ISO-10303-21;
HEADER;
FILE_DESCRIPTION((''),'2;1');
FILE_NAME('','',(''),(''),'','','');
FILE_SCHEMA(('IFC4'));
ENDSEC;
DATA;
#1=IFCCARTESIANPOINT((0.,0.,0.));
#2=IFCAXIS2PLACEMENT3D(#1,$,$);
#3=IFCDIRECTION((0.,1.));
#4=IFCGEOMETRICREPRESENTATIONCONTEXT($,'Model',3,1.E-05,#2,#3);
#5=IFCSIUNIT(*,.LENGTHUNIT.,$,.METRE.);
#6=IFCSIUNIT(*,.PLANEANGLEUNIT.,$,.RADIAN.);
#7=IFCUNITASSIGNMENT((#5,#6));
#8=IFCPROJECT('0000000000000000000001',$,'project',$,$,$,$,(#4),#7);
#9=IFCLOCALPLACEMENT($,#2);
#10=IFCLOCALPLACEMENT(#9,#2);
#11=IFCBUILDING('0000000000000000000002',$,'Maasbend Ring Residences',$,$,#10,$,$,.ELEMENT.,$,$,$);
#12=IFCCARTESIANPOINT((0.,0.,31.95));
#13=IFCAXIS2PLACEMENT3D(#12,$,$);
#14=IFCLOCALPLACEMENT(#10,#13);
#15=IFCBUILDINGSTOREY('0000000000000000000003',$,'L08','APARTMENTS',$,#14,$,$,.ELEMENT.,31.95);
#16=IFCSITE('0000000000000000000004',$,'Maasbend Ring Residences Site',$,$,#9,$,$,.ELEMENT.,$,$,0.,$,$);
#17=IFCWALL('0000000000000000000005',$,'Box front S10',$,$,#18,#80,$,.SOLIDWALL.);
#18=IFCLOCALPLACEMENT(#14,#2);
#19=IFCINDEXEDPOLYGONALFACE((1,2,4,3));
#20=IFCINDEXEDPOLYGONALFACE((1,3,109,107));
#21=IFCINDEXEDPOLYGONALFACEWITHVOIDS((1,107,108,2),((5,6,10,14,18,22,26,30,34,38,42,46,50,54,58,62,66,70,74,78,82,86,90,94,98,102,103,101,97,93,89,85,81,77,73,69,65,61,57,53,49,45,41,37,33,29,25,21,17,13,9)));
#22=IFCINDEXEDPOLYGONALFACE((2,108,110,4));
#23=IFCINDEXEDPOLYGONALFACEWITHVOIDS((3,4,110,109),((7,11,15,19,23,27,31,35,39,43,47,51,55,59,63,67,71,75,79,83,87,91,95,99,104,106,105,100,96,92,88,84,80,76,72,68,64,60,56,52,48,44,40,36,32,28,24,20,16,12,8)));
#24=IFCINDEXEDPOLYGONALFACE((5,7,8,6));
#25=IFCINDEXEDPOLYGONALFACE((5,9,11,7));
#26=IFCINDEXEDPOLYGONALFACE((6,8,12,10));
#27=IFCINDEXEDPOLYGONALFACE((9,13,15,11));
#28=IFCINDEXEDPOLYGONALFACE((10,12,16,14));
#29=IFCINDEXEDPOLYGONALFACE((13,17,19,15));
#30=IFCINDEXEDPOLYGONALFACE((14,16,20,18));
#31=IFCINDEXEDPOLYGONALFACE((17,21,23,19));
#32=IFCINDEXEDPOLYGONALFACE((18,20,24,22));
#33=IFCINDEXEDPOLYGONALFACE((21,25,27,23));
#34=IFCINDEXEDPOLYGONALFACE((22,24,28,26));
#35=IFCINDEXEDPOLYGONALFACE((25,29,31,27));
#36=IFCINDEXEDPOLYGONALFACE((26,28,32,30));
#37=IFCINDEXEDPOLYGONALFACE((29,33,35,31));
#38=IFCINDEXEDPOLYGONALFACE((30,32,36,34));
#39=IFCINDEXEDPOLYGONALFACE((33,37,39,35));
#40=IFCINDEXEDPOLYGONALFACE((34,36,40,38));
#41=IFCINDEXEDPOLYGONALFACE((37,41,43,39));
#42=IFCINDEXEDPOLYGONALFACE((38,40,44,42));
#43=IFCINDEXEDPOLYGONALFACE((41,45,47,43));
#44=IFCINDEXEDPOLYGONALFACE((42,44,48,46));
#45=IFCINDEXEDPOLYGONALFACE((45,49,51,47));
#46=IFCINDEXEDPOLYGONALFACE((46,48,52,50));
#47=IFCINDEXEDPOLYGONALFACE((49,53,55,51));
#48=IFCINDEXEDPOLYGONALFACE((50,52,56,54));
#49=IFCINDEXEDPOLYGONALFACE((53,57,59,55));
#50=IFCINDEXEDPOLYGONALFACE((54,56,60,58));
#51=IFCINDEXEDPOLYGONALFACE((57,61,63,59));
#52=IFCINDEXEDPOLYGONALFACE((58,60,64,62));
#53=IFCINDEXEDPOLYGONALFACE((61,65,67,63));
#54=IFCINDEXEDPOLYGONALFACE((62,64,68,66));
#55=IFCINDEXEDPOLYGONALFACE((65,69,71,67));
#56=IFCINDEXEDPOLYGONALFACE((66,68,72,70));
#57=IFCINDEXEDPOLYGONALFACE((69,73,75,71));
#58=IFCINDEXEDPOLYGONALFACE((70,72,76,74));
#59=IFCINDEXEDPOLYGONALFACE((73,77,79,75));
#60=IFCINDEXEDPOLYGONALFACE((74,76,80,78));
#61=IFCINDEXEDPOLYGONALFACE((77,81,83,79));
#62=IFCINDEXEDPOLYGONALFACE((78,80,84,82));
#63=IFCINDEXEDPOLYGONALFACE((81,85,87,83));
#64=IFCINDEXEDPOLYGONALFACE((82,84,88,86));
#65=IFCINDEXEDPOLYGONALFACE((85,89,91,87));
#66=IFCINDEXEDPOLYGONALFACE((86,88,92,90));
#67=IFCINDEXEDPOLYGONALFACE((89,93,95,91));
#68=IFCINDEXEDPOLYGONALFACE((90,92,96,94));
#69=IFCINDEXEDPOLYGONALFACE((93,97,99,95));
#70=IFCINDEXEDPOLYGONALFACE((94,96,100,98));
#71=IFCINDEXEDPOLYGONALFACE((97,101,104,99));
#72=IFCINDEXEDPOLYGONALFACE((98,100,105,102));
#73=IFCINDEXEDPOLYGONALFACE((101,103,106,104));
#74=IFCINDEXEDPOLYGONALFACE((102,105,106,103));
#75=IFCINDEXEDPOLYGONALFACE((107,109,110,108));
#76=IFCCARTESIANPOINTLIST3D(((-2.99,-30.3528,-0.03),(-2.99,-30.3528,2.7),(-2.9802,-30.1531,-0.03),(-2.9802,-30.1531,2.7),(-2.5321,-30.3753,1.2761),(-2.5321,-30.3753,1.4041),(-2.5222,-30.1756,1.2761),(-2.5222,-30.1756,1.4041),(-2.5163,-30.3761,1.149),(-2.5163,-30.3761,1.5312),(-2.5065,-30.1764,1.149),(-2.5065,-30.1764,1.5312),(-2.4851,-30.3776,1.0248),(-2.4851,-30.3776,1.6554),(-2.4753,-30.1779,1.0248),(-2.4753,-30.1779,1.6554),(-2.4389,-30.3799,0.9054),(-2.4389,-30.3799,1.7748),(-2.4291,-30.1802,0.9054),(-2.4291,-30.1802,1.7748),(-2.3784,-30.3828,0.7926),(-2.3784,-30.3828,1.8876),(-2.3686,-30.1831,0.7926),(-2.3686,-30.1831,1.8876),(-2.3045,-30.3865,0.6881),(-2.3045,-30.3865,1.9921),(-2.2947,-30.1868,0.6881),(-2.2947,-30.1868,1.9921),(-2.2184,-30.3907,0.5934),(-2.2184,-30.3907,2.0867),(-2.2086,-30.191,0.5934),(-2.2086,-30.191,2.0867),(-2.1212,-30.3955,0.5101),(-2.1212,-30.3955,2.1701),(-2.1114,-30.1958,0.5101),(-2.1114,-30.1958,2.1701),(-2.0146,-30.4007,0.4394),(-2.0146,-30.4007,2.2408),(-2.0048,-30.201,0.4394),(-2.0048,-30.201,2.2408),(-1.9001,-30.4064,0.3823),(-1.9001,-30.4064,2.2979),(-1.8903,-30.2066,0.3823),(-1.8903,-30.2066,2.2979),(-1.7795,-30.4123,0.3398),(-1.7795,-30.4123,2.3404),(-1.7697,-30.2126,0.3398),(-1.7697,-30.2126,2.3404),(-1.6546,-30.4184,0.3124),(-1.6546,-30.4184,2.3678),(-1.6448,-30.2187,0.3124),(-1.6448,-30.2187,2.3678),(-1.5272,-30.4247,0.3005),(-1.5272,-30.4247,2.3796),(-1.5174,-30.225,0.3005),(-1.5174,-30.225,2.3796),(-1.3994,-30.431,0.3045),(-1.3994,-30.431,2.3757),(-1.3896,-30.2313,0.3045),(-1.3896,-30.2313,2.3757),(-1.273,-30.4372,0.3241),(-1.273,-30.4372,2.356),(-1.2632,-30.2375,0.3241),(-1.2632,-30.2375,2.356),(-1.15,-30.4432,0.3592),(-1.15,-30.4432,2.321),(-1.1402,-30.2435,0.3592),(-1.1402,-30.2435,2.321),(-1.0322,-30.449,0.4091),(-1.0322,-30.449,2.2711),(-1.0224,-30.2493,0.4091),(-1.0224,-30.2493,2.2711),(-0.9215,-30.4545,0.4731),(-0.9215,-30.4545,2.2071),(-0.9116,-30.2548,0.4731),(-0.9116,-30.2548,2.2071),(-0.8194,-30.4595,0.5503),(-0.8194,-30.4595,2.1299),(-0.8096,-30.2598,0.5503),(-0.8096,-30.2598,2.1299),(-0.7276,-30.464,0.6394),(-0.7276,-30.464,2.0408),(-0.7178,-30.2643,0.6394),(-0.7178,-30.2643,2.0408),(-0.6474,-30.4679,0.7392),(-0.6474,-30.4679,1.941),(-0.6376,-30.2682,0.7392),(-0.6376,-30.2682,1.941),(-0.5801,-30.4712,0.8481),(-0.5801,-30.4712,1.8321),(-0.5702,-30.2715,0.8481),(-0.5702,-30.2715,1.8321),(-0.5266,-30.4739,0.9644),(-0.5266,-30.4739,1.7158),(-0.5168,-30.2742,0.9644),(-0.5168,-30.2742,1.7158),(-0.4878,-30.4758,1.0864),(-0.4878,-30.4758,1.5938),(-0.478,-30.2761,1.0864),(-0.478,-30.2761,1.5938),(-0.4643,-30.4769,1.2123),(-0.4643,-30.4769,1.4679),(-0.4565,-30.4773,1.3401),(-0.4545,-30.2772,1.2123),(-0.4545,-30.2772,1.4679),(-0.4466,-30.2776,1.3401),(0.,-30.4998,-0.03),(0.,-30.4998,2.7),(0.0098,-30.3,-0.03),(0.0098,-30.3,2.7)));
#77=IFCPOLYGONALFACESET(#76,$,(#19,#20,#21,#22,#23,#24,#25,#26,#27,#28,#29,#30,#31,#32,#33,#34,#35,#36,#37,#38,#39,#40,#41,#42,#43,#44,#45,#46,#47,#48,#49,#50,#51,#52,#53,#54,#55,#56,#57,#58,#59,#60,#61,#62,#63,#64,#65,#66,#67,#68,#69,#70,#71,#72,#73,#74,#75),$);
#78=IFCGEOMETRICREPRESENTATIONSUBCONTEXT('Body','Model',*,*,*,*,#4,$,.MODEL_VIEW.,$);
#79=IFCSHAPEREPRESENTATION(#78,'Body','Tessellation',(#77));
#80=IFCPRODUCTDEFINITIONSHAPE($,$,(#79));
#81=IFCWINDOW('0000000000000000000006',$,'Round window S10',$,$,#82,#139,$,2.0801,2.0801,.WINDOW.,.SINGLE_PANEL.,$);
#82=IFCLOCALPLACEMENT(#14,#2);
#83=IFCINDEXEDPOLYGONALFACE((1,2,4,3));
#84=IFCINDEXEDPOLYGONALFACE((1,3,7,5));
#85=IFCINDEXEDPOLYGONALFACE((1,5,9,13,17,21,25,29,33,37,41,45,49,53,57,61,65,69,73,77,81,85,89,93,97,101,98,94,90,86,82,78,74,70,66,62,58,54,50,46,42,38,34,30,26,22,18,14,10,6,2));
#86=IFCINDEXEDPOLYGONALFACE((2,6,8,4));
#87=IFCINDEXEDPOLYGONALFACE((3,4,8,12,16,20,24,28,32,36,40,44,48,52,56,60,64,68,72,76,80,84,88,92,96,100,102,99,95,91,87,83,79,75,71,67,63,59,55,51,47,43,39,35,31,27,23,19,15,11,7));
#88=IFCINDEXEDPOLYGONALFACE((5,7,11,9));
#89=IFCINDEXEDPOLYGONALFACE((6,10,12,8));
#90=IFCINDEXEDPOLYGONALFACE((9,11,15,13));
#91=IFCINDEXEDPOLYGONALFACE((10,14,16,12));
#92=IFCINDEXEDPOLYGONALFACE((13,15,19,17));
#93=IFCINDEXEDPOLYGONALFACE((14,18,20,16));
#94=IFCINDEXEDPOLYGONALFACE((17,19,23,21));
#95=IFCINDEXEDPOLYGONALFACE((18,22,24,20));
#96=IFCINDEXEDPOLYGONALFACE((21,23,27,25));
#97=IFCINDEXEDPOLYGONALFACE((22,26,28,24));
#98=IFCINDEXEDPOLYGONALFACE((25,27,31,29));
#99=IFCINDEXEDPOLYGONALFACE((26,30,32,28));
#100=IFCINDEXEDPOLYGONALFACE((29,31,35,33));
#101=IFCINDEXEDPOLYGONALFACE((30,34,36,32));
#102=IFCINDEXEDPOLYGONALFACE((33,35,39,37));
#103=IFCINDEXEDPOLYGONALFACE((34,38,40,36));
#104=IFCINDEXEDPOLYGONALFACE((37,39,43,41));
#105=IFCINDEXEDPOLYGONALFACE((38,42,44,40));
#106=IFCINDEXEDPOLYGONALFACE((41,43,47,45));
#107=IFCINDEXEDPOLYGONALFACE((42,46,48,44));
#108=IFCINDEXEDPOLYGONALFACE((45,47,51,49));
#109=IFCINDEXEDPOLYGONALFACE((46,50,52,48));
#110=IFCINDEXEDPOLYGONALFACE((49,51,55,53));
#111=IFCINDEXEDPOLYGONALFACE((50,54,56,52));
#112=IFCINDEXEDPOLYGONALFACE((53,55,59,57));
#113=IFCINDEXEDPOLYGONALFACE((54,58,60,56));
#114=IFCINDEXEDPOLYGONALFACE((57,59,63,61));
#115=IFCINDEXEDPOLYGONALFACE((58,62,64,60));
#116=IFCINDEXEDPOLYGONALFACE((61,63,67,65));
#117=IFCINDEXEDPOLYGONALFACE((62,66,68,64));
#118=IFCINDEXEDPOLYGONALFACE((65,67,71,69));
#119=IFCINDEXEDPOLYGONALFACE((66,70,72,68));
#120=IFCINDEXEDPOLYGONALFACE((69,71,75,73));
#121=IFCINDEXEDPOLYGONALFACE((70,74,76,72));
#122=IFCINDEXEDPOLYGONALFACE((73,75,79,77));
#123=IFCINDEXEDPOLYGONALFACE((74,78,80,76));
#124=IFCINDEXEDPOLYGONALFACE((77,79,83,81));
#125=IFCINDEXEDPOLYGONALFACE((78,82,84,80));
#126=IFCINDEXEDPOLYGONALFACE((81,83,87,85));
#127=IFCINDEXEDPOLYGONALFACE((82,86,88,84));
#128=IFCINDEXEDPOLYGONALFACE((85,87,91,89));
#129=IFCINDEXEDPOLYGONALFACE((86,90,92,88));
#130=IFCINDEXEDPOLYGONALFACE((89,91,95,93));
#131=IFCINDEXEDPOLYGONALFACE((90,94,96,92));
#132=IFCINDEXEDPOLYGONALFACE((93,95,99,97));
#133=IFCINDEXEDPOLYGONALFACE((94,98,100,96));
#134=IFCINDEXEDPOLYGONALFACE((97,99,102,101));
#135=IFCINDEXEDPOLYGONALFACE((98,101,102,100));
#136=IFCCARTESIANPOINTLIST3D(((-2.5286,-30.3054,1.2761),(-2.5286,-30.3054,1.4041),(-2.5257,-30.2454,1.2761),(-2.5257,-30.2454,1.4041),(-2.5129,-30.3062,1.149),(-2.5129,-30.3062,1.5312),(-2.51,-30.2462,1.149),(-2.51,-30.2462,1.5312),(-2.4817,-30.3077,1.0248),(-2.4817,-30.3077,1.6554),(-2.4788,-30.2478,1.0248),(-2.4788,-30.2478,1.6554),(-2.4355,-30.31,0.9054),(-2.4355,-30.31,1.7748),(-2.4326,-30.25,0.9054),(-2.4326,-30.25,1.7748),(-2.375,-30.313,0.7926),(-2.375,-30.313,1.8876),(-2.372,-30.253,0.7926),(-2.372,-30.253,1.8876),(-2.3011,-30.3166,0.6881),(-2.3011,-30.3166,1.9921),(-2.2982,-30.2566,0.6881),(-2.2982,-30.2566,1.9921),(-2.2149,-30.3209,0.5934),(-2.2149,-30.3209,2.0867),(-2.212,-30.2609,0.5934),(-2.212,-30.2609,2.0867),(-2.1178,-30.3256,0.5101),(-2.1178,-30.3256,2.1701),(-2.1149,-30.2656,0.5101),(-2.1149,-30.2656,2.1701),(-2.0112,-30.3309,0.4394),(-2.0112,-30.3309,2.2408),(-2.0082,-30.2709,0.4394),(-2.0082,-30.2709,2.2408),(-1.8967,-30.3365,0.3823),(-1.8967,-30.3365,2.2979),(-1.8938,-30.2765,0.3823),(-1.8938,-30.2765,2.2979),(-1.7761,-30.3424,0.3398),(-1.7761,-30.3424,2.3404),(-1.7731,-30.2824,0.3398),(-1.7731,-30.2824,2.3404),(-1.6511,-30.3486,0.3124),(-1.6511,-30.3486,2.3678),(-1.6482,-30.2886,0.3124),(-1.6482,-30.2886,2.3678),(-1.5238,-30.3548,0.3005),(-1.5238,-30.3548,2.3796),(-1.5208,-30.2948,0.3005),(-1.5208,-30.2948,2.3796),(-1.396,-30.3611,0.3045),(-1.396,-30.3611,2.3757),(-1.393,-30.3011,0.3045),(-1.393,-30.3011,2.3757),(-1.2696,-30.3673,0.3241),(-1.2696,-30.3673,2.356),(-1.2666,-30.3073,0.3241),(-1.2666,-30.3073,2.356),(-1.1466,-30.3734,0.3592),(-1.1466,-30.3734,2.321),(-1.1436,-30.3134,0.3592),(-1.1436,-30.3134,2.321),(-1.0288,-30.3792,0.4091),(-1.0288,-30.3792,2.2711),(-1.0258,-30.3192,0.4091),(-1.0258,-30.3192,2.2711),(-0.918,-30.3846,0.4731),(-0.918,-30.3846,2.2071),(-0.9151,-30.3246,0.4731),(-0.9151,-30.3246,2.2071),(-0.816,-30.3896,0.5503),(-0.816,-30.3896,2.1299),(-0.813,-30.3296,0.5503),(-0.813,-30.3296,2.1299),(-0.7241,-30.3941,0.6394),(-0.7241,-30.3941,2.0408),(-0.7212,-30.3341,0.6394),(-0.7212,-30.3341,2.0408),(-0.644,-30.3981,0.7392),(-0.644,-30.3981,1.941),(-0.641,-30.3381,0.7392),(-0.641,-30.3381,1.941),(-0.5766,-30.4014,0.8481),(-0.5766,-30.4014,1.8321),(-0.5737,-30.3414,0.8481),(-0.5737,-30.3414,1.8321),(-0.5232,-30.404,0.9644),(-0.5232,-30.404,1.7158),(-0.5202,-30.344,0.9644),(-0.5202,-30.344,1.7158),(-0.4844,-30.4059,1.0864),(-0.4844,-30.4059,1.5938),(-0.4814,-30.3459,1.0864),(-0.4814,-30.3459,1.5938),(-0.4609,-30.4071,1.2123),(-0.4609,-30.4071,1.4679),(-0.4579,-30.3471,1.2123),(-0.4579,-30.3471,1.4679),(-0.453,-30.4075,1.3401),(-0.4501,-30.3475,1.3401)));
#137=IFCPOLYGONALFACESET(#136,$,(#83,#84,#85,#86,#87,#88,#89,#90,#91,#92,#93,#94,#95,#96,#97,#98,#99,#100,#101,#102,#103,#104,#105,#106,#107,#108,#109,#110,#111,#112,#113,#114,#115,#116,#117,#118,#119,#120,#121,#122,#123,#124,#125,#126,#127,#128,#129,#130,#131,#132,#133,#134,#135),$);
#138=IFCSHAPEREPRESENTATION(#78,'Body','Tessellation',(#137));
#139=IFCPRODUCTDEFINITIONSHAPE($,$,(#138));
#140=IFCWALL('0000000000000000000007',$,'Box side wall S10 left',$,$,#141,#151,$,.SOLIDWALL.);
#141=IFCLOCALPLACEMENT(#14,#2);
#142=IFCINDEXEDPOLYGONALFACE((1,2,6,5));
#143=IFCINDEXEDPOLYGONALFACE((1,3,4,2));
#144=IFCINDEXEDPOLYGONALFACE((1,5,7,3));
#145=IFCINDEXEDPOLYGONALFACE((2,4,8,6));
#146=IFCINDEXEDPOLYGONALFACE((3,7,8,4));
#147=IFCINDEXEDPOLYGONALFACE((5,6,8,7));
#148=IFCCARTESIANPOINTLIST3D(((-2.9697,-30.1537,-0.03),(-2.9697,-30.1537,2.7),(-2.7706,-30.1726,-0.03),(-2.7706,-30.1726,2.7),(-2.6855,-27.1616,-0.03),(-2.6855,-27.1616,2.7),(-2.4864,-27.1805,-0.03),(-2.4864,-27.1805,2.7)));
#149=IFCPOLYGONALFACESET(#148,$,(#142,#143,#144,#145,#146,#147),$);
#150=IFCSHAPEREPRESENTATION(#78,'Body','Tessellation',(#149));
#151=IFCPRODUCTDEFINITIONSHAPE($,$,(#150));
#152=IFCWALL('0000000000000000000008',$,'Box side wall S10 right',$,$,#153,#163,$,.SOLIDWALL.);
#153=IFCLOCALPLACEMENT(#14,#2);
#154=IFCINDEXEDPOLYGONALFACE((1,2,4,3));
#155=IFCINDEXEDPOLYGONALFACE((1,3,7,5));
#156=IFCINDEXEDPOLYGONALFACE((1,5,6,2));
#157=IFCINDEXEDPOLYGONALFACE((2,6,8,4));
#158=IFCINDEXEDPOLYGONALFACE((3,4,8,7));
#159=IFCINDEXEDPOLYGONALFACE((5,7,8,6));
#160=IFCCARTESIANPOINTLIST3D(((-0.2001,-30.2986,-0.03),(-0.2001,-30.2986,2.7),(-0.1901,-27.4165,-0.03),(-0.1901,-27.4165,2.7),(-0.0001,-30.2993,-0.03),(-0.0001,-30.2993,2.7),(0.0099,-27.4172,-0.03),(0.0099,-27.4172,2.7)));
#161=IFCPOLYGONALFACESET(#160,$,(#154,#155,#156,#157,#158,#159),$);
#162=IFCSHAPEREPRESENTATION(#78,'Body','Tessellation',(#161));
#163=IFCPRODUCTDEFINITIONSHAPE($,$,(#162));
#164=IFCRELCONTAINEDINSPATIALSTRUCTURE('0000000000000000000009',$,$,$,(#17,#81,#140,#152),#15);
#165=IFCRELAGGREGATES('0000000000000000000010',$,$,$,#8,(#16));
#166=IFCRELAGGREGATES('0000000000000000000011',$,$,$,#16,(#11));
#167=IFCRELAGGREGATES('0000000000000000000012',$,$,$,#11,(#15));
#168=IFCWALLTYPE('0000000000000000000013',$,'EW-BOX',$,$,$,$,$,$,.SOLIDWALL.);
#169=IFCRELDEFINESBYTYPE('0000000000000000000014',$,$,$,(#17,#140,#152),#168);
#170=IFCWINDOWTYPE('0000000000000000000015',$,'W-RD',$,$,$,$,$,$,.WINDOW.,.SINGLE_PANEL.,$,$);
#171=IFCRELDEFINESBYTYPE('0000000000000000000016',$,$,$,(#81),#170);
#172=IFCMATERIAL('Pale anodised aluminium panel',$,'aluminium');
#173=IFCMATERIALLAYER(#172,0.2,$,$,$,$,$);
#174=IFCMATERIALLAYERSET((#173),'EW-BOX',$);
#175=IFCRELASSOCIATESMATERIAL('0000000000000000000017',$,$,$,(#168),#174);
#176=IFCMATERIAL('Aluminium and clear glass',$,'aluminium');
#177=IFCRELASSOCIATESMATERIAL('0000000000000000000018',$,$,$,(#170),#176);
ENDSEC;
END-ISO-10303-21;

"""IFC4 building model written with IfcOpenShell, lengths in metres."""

from ifc_helpers import new_model, si_unit, direction, frame, frame_2d, origin, place, context, subcontext, project, spatial, rectangle, circle, extrude, material, layer, layer_set, type_object, element, fill, save


model = new_model("IFC4")

# Units and contexts
model_context = context("Model", 3, precision=1e-05, world=origin(), true_north=direction((0.0, 1.0)))
body_context = subcontext(model_context, "Body", "Model", "MODEL_VIEW")
ifc_project = project(units=[si_unit("LENGTHUNIT", "METRE"), si_unit("PLANEANGLEUNIT", "RADIAN")], contexts=[model_context])

# Site, building, storey
site_placement = place(None, origin())
site = spatial("IfcSite", under=ifc_project, at=site_placement, Name="Maasbend Ring Residences Site", CompositionType="ELEMENT", RefElevation=0.0)
building_placement = place(site_placement, origin())
building = spatial("IfcBuilding", under=site, at=building_placement, Name="Maasbend Ring Residences", CompositionType="ELEMENT")
storey_placement = place(building_placement, frame((0.0, 0.0, 31.95)))
storey = spatial("IfcBuildingStorey", under=building, at=storey_placement, Name="L08", Description="APARTMENTS", CompositionType="ELEMENT", Elevation=31.95)

# Shared definitions
ifc_material_1 = material(Name="Pale anodised aluminium panel", Category="aluminium")
ifc_layer_1 = layer(ifc_material_1, 0.2)
ifc_layer_set_1 = layer_set([ifc_layer_1], Name="EW-BOX")
wall_type_1 = type_object("IfcWallType", Name="EW-BOX", PredefinedType="SOLIDWALL", material=ifc_layer_set_1)
ifc_material_2 = material(Name="Aluminium and clear glass", Category="aluminium")
window_type_1 = type_object("IfcWindowType", Name="W-RD", PartitioningType="SINGLE_PANEL", PredefinedType="WINDOW", material=ifc_material_2)

# Wall, opening, window
wall_1_placement = place(storey_placement, frame((-2.9851, -30.2529, -0.03), z_axis=(0.0, 0.0, 1.0), x_axis=(0.998794, -0.049096, 0.0)))
wall_1 = element("IfcWall", 1, at=wall_1_placement, inside=storey, type_object=wall_type_1, Name="Box front S10", PredefinedType="SOLIDWALL", context=body_context, shape_type="SweptSolid", body=[
    extrude(rectangle(XDim=2.9937, YDim=0.2, at=frame_2d((1.4968, 0.0))), origin(), (0.0, 0.0, 1.0), 2.73),
])
opening_1_placement = place(wall_1_placement, frame((0.4565, 0.0, 0.3301)))
opening_1 = element("IfcOpeningElement", 2, at=opening_1_placement, cuts=wall_1, PredefinedType="OPENING", context=body_context, shape_type="SweptSolid", body=[
    extrude(circle(Radius=1.04, at=frame_2d((1.04, 1.04))), frame((0.0, 0.1099, 0.0), z_axis=(0.0, -1.0, 0.0), x_axis=(1.0, 0.0, 0.0)), (0.0, 0.0, 1.0), 0.22),
])
window_1_placement = place(opening_1_placement, origin())
window_1 = element("IfcWindow", 3, at=window_1_placement, inside=storey, type_object=window_type_1, Name="Round window S10", OverallHeight=2.0801, OverallWidth=2.0801, PartitioningType="SINGLE_PANEL", PredefinedType="WINDOW", context=body_context, shape_type="SweptSolid", body=[
    extrude(circle(Radius=1.04, at=frame_2d((1.04, 1.04))), frame((0.0, 0.03, 0.0), z_axis=(0.0, -1.0, 0.0), x_axis=(1.0, 0.0, 0.0)), (0.0, 0.0, 1.0), 0.0601),
])
fill(opening_1, window_1)

# Walls
wall_2_placement = place(storey_placement, frame((-2.5859, -27.1709, -0.03), z_axis=(0.0, 0.0, 1.0), x_axis=(-0.094548, -0.99552, 0.0)))
element("IfcWall", 4, at=wall_2_placement, inside=storey, type_object=wall_type_1, Name="Box side wall S10 left", PredefinedType="SOLIDWALL", context=body_context, shape_type="SweptSolid", body=[
    extrude(rectangle(XDim=3.0056, YDim=0.2, at=frame_2d((1.5029, 0.0))), origin(), (0.0, 0.0, 1.0), 2.73),
])
wall_3_placement = place(storey_placement, frame((-0.0901, -27.417, -0.03), z_axis=(0.0, 0.0, 1.0), x_axis=(-0.003473, -0.999994, 0.0)))
element("IfcWall", 5, at=wall_3_placement, inside=storey, type_object=wall_type_1, Name="Box side wall S10 right", PredefinedType="SOLIDWALL", context=body_context, shape_type="SweptSolid", body=[
    extrude(rectangle(XDim=2.8821, YDim=0.2, at=frame_2d((1.4409, 0.0))), origin(), (0.0, 0.0, 1.0), 2.73),
])

save(model, "model.ifc")
